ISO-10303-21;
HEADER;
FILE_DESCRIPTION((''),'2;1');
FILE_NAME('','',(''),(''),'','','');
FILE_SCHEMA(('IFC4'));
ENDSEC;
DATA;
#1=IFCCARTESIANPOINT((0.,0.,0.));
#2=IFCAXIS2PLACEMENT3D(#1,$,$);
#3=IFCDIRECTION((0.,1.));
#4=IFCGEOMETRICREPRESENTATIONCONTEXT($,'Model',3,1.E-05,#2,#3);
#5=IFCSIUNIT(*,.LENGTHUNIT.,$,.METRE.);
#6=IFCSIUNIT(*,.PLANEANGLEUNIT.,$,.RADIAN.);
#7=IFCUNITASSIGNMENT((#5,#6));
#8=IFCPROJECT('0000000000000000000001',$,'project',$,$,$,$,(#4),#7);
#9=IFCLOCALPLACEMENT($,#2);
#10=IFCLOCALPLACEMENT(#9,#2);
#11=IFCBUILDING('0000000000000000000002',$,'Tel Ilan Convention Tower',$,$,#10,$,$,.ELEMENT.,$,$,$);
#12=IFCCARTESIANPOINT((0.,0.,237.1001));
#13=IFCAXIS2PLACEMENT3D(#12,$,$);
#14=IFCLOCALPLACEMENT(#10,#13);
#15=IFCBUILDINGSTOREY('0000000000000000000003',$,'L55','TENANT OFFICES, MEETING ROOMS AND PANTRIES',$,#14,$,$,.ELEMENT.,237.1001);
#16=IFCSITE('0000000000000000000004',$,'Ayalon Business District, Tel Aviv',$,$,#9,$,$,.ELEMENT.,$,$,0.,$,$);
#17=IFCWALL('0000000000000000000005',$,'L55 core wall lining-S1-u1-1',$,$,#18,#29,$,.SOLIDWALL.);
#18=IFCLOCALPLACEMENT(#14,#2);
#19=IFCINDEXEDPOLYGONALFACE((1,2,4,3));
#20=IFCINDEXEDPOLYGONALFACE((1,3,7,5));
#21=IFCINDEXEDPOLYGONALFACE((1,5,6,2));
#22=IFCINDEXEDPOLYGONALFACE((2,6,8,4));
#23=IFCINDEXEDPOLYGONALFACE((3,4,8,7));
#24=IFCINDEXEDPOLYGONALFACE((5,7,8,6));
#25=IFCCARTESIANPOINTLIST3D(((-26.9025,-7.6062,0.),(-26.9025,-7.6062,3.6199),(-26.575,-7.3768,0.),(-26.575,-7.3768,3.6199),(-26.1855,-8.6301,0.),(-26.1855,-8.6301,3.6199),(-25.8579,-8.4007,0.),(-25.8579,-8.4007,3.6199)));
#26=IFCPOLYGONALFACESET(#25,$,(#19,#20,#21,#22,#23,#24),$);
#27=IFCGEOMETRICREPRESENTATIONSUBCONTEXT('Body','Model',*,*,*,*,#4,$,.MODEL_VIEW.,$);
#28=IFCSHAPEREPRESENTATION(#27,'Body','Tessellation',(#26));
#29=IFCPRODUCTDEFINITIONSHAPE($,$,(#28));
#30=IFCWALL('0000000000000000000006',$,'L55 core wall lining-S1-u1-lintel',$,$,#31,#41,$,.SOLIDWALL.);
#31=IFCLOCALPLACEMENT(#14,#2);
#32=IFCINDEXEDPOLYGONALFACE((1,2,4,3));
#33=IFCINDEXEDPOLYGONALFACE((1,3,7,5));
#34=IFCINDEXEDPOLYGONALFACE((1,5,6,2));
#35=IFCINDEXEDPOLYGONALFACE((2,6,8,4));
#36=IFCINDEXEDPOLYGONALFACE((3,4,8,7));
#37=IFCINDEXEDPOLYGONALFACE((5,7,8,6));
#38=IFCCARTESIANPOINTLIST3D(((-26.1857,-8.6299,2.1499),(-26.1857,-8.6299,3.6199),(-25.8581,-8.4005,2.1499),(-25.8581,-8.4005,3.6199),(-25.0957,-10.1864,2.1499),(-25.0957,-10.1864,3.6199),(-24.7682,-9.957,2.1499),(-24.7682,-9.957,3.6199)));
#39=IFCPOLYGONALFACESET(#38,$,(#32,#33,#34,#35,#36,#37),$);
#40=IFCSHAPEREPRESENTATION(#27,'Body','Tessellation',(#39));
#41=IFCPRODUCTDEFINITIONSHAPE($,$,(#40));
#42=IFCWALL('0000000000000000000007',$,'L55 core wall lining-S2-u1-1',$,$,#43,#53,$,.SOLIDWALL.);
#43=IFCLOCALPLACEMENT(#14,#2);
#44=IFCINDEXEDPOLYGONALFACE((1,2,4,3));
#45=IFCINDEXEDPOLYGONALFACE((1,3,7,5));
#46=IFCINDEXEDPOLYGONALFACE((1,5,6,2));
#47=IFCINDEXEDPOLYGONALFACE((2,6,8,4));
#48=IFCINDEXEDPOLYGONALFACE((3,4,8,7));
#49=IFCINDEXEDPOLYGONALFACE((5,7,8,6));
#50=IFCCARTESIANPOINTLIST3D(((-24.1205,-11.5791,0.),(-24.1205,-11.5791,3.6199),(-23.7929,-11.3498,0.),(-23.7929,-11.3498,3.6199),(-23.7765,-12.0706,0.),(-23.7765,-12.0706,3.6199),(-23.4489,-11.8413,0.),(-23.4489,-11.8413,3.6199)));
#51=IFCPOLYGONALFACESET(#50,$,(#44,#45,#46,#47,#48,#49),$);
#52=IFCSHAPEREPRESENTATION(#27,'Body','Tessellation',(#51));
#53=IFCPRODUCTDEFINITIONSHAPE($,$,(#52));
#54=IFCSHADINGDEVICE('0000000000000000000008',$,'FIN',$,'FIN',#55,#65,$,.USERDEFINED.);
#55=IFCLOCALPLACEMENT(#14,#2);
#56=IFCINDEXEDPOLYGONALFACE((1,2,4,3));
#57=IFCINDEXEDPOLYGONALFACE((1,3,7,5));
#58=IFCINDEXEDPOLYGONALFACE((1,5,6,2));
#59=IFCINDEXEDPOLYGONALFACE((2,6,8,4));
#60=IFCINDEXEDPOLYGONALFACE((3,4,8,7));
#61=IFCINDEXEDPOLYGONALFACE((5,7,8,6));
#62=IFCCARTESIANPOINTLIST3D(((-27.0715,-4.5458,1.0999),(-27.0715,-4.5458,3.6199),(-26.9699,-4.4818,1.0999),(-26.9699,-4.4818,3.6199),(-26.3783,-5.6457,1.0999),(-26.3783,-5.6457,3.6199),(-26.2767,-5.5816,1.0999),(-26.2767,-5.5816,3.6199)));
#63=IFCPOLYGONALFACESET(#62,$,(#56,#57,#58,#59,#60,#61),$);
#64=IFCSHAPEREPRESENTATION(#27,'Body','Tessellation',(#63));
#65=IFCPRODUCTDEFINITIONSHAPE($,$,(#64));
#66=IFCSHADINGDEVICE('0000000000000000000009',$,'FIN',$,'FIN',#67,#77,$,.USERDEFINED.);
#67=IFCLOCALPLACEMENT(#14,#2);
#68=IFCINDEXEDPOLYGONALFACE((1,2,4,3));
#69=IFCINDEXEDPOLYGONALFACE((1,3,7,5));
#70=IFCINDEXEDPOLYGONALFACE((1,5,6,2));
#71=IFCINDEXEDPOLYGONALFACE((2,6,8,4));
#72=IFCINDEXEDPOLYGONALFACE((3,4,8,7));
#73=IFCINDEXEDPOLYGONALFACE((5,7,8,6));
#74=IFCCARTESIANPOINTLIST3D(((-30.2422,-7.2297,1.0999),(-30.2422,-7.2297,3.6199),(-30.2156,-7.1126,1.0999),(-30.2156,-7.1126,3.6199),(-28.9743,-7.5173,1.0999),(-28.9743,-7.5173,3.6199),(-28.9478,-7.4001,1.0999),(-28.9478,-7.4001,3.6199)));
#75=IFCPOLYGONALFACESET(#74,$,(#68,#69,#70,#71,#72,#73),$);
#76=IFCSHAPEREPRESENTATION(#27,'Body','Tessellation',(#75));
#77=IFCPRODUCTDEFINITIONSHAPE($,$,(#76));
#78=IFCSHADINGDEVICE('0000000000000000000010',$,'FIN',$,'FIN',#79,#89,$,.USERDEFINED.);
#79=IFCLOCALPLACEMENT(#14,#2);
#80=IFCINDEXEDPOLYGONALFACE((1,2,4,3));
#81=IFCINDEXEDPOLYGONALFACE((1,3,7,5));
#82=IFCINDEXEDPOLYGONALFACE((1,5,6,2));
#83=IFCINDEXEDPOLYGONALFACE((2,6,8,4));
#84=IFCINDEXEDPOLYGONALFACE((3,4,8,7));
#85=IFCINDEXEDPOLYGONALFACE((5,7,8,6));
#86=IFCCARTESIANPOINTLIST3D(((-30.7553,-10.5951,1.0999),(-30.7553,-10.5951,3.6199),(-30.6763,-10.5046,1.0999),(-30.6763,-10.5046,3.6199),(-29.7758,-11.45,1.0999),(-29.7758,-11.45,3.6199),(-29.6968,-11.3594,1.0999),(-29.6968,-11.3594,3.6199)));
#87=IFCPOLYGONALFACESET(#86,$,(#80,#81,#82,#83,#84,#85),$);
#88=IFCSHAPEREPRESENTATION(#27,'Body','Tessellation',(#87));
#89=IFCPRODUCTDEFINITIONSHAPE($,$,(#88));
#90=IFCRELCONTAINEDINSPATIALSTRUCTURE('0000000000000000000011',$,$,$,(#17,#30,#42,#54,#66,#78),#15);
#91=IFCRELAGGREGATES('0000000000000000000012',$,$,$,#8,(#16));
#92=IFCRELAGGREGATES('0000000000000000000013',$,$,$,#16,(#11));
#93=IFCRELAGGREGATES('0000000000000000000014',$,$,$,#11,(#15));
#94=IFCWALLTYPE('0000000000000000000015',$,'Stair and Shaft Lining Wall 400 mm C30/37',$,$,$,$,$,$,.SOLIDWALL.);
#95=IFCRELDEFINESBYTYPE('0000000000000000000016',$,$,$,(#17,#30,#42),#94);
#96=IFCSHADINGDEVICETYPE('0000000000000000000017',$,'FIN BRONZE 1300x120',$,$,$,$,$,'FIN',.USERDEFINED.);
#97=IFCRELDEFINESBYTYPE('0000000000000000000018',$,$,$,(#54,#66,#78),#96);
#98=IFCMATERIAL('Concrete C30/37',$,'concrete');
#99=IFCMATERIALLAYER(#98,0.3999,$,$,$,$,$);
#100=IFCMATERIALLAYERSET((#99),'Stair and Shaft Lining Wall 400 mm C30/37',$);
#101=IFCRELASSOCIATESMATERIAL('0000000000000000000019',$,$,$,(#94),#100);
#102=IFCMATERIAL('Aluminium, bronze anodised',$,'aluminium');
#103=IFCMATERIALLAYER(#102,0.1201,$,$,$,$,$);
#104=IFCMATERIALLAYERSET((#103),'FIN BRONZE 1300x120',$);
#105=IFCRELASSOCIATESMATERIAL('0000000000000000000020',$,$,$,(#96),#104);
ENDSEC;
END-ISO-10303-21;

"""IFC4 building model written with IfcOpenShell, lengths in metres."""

from ifc_helpers import new_model, si_unit, direction, frame, frame_2d, origin, origin_2d, place, context, subcontext, project, spatial, rectangle, extrude, material, layer, layer_set, type_object, element, save


model = new_model("IFC4")

# Units and contexts
model_context = context("Model", 3, precision=1e-05, world=origin(), true_north=direction((0.0, 1.0)))
body_context = subcontext(model_context, "Body", "Model", "MODEL_VIEW")
ifc_project = project(units=[si_unit("LENGTHUNIT", "METRE"), si_unit("PLANEANGLEUNIT", "RADIAN")], contexts=[model_context])

# Site, building, storey
site_placement = place(None, origin())
site = spatial("IfcSite", under=ifc_project, at=site_placement, Name="Ayalon Business District, Tel Aviv", CompositionType="ELEMENT", RefElevation=0.0)
building_placement = place(site_placement, origin())
building = spatial("IfcBuilding", under=site, at=building_placement, Name="Tel Ilan Convention Tower", CompositionType="ELEMENT")
storey_placement = place(building_placement, frame((0.0, 0.0, 237.1001)))
storey = spatial("IfcBuildingStorey", under=building, at=storey_placement, Name="L55", Description="TENANT OFFICES, MEETING ROOMS AND PANTRIES", CompositionType="ELEMENT", Elevation=237.1001)

# Walls
ifc_material_1 = material(Name="Concrete C30/37", Category="concrete")
ifc_layer_1 = layer(ifc_material_1, 0.3999)
ifc_layer_set_1 = layer_set([ifc_layer_1], Name="Stair and Shaft Lining Wall 400 mm C30/37")
wall_type = type_object("IfcWallType", Name="Stair and Shaft Lining Wall 400 mm C30/37", PredefinedType="SOLIDWALL", material=ifc_layer_set_1)
wall_1_placement = place(storey_placement, frame((-26.0217, -8.5154, 0.0), z_axis=(0.0, 0.0, 1.0), x_axis=(-0.57362, 0.819122, 0.0)))
element("IfcWall", 1, at=wall_1_placement, inside=storey, type_object=wall_type, Name="L55 core wall lining-S1-u1-1", PredefinedType="SOLIDWALL", context=body_context, shape_type="SweptSolid", body=[
    extrude(rectangle(XDim=1.25, YDim=0.3999, at=frame_2d((0.625, 0.0))), origin(), (0.0, 0.0, 1.0), 3.6199),
])
wall_2_placement = place(storey_placement, frame((-24.9319, -10.0718, 2.1499), z_axis=(0.0, 0.0, 1.0), x_axis=(-0.573592, 0.819141, 0.0)))
element("IfcWall", 2, at=wall_2_placement, inside=storey, type_object=wall_type, Name="L55 core wall lining-S1-u1-lintel", PredefinedType="SOLIDWALL", context=body_context, shape_type="SweptSolid", body=[
    extrude(rectangle(XDim=1.9001, YDim=0.3999, at=frame_2d((0.9502, 0.0))), origin(), (0.0, 0.0, 1.0), 1.47),
])
wall_3_placement = place(storey_placement, frame((-23.6128, -11.9558, 0.0), z_axis=(0.0, 0.0, 1.0), x_axis=(-0.573435, 0.819251, 0.0)))
element("IfcWall", 3, at=wall_3_placement, inside=storey, type_object=wall_type, Name="L55 core wall lining-S2-u1-1", PredefinedType="SOLIDWALL", context=body_context, shape_type="SweptSolid", body=[
    extrude(rectangle(XDim=0.5999, YDim=0.3999, at=frame_2d((0.2998, 0.0))), origin(), (0.0, 0.0, 1.0), 3.6199),
])

# Shading devices
ifc_material_2 = material(Name="Aluminium, bronze anodised", Category="aluminium")
ifc_layer_2 = layer(ifc_material_2, 0.1201)
ifc_layer_set_2 = layer_set([ifc_layer_2], Name="FIN BRONZE 1300x120")
shading_device_type = type_object("IfcShadingDeviceType", Name="FIN BRONZE 1300x120", ElementType="FIN", PredefinedType="USERDEFINED", material=ifc_layer_set_2)
for number, where, z_axis, x_axis, name in (
    (4, (-26.6741, -5.0637, 1.0999), (0.0, 0.0, 1.0), (-0.533204, 0.845986, 0.0), "FIN"),
    (5, (-29.595, -7.3149, 1.0999), (0.0, 0.0, 1.0), (-0.975235, 0.22117, 0.0), "FIN"),
    (6, (-30.2261, -10.9773, 1.0999), (0.0, 0.0, 1.0), (-0.753436, 0.657521, 0.0), "FIN"),
):
    element("IfcShadingDevice", number, at=place(storey_placement, frame(where, z_axis=z_axis, x_axis=x_axis)), inside=storey, type_object=shading_device_type, Name=name, ObjectType="FIN", PredefinedType="USERDEFINED", context=body_context, shape_type="SweptSolid", body=[
        extrude(rectangle(XDim=1.3, YDim=0.1201, at=origin_2d()), origin(), (0.0, 0.0, 1.0), 2.52),
    ])

save(model, "model.ifc")
